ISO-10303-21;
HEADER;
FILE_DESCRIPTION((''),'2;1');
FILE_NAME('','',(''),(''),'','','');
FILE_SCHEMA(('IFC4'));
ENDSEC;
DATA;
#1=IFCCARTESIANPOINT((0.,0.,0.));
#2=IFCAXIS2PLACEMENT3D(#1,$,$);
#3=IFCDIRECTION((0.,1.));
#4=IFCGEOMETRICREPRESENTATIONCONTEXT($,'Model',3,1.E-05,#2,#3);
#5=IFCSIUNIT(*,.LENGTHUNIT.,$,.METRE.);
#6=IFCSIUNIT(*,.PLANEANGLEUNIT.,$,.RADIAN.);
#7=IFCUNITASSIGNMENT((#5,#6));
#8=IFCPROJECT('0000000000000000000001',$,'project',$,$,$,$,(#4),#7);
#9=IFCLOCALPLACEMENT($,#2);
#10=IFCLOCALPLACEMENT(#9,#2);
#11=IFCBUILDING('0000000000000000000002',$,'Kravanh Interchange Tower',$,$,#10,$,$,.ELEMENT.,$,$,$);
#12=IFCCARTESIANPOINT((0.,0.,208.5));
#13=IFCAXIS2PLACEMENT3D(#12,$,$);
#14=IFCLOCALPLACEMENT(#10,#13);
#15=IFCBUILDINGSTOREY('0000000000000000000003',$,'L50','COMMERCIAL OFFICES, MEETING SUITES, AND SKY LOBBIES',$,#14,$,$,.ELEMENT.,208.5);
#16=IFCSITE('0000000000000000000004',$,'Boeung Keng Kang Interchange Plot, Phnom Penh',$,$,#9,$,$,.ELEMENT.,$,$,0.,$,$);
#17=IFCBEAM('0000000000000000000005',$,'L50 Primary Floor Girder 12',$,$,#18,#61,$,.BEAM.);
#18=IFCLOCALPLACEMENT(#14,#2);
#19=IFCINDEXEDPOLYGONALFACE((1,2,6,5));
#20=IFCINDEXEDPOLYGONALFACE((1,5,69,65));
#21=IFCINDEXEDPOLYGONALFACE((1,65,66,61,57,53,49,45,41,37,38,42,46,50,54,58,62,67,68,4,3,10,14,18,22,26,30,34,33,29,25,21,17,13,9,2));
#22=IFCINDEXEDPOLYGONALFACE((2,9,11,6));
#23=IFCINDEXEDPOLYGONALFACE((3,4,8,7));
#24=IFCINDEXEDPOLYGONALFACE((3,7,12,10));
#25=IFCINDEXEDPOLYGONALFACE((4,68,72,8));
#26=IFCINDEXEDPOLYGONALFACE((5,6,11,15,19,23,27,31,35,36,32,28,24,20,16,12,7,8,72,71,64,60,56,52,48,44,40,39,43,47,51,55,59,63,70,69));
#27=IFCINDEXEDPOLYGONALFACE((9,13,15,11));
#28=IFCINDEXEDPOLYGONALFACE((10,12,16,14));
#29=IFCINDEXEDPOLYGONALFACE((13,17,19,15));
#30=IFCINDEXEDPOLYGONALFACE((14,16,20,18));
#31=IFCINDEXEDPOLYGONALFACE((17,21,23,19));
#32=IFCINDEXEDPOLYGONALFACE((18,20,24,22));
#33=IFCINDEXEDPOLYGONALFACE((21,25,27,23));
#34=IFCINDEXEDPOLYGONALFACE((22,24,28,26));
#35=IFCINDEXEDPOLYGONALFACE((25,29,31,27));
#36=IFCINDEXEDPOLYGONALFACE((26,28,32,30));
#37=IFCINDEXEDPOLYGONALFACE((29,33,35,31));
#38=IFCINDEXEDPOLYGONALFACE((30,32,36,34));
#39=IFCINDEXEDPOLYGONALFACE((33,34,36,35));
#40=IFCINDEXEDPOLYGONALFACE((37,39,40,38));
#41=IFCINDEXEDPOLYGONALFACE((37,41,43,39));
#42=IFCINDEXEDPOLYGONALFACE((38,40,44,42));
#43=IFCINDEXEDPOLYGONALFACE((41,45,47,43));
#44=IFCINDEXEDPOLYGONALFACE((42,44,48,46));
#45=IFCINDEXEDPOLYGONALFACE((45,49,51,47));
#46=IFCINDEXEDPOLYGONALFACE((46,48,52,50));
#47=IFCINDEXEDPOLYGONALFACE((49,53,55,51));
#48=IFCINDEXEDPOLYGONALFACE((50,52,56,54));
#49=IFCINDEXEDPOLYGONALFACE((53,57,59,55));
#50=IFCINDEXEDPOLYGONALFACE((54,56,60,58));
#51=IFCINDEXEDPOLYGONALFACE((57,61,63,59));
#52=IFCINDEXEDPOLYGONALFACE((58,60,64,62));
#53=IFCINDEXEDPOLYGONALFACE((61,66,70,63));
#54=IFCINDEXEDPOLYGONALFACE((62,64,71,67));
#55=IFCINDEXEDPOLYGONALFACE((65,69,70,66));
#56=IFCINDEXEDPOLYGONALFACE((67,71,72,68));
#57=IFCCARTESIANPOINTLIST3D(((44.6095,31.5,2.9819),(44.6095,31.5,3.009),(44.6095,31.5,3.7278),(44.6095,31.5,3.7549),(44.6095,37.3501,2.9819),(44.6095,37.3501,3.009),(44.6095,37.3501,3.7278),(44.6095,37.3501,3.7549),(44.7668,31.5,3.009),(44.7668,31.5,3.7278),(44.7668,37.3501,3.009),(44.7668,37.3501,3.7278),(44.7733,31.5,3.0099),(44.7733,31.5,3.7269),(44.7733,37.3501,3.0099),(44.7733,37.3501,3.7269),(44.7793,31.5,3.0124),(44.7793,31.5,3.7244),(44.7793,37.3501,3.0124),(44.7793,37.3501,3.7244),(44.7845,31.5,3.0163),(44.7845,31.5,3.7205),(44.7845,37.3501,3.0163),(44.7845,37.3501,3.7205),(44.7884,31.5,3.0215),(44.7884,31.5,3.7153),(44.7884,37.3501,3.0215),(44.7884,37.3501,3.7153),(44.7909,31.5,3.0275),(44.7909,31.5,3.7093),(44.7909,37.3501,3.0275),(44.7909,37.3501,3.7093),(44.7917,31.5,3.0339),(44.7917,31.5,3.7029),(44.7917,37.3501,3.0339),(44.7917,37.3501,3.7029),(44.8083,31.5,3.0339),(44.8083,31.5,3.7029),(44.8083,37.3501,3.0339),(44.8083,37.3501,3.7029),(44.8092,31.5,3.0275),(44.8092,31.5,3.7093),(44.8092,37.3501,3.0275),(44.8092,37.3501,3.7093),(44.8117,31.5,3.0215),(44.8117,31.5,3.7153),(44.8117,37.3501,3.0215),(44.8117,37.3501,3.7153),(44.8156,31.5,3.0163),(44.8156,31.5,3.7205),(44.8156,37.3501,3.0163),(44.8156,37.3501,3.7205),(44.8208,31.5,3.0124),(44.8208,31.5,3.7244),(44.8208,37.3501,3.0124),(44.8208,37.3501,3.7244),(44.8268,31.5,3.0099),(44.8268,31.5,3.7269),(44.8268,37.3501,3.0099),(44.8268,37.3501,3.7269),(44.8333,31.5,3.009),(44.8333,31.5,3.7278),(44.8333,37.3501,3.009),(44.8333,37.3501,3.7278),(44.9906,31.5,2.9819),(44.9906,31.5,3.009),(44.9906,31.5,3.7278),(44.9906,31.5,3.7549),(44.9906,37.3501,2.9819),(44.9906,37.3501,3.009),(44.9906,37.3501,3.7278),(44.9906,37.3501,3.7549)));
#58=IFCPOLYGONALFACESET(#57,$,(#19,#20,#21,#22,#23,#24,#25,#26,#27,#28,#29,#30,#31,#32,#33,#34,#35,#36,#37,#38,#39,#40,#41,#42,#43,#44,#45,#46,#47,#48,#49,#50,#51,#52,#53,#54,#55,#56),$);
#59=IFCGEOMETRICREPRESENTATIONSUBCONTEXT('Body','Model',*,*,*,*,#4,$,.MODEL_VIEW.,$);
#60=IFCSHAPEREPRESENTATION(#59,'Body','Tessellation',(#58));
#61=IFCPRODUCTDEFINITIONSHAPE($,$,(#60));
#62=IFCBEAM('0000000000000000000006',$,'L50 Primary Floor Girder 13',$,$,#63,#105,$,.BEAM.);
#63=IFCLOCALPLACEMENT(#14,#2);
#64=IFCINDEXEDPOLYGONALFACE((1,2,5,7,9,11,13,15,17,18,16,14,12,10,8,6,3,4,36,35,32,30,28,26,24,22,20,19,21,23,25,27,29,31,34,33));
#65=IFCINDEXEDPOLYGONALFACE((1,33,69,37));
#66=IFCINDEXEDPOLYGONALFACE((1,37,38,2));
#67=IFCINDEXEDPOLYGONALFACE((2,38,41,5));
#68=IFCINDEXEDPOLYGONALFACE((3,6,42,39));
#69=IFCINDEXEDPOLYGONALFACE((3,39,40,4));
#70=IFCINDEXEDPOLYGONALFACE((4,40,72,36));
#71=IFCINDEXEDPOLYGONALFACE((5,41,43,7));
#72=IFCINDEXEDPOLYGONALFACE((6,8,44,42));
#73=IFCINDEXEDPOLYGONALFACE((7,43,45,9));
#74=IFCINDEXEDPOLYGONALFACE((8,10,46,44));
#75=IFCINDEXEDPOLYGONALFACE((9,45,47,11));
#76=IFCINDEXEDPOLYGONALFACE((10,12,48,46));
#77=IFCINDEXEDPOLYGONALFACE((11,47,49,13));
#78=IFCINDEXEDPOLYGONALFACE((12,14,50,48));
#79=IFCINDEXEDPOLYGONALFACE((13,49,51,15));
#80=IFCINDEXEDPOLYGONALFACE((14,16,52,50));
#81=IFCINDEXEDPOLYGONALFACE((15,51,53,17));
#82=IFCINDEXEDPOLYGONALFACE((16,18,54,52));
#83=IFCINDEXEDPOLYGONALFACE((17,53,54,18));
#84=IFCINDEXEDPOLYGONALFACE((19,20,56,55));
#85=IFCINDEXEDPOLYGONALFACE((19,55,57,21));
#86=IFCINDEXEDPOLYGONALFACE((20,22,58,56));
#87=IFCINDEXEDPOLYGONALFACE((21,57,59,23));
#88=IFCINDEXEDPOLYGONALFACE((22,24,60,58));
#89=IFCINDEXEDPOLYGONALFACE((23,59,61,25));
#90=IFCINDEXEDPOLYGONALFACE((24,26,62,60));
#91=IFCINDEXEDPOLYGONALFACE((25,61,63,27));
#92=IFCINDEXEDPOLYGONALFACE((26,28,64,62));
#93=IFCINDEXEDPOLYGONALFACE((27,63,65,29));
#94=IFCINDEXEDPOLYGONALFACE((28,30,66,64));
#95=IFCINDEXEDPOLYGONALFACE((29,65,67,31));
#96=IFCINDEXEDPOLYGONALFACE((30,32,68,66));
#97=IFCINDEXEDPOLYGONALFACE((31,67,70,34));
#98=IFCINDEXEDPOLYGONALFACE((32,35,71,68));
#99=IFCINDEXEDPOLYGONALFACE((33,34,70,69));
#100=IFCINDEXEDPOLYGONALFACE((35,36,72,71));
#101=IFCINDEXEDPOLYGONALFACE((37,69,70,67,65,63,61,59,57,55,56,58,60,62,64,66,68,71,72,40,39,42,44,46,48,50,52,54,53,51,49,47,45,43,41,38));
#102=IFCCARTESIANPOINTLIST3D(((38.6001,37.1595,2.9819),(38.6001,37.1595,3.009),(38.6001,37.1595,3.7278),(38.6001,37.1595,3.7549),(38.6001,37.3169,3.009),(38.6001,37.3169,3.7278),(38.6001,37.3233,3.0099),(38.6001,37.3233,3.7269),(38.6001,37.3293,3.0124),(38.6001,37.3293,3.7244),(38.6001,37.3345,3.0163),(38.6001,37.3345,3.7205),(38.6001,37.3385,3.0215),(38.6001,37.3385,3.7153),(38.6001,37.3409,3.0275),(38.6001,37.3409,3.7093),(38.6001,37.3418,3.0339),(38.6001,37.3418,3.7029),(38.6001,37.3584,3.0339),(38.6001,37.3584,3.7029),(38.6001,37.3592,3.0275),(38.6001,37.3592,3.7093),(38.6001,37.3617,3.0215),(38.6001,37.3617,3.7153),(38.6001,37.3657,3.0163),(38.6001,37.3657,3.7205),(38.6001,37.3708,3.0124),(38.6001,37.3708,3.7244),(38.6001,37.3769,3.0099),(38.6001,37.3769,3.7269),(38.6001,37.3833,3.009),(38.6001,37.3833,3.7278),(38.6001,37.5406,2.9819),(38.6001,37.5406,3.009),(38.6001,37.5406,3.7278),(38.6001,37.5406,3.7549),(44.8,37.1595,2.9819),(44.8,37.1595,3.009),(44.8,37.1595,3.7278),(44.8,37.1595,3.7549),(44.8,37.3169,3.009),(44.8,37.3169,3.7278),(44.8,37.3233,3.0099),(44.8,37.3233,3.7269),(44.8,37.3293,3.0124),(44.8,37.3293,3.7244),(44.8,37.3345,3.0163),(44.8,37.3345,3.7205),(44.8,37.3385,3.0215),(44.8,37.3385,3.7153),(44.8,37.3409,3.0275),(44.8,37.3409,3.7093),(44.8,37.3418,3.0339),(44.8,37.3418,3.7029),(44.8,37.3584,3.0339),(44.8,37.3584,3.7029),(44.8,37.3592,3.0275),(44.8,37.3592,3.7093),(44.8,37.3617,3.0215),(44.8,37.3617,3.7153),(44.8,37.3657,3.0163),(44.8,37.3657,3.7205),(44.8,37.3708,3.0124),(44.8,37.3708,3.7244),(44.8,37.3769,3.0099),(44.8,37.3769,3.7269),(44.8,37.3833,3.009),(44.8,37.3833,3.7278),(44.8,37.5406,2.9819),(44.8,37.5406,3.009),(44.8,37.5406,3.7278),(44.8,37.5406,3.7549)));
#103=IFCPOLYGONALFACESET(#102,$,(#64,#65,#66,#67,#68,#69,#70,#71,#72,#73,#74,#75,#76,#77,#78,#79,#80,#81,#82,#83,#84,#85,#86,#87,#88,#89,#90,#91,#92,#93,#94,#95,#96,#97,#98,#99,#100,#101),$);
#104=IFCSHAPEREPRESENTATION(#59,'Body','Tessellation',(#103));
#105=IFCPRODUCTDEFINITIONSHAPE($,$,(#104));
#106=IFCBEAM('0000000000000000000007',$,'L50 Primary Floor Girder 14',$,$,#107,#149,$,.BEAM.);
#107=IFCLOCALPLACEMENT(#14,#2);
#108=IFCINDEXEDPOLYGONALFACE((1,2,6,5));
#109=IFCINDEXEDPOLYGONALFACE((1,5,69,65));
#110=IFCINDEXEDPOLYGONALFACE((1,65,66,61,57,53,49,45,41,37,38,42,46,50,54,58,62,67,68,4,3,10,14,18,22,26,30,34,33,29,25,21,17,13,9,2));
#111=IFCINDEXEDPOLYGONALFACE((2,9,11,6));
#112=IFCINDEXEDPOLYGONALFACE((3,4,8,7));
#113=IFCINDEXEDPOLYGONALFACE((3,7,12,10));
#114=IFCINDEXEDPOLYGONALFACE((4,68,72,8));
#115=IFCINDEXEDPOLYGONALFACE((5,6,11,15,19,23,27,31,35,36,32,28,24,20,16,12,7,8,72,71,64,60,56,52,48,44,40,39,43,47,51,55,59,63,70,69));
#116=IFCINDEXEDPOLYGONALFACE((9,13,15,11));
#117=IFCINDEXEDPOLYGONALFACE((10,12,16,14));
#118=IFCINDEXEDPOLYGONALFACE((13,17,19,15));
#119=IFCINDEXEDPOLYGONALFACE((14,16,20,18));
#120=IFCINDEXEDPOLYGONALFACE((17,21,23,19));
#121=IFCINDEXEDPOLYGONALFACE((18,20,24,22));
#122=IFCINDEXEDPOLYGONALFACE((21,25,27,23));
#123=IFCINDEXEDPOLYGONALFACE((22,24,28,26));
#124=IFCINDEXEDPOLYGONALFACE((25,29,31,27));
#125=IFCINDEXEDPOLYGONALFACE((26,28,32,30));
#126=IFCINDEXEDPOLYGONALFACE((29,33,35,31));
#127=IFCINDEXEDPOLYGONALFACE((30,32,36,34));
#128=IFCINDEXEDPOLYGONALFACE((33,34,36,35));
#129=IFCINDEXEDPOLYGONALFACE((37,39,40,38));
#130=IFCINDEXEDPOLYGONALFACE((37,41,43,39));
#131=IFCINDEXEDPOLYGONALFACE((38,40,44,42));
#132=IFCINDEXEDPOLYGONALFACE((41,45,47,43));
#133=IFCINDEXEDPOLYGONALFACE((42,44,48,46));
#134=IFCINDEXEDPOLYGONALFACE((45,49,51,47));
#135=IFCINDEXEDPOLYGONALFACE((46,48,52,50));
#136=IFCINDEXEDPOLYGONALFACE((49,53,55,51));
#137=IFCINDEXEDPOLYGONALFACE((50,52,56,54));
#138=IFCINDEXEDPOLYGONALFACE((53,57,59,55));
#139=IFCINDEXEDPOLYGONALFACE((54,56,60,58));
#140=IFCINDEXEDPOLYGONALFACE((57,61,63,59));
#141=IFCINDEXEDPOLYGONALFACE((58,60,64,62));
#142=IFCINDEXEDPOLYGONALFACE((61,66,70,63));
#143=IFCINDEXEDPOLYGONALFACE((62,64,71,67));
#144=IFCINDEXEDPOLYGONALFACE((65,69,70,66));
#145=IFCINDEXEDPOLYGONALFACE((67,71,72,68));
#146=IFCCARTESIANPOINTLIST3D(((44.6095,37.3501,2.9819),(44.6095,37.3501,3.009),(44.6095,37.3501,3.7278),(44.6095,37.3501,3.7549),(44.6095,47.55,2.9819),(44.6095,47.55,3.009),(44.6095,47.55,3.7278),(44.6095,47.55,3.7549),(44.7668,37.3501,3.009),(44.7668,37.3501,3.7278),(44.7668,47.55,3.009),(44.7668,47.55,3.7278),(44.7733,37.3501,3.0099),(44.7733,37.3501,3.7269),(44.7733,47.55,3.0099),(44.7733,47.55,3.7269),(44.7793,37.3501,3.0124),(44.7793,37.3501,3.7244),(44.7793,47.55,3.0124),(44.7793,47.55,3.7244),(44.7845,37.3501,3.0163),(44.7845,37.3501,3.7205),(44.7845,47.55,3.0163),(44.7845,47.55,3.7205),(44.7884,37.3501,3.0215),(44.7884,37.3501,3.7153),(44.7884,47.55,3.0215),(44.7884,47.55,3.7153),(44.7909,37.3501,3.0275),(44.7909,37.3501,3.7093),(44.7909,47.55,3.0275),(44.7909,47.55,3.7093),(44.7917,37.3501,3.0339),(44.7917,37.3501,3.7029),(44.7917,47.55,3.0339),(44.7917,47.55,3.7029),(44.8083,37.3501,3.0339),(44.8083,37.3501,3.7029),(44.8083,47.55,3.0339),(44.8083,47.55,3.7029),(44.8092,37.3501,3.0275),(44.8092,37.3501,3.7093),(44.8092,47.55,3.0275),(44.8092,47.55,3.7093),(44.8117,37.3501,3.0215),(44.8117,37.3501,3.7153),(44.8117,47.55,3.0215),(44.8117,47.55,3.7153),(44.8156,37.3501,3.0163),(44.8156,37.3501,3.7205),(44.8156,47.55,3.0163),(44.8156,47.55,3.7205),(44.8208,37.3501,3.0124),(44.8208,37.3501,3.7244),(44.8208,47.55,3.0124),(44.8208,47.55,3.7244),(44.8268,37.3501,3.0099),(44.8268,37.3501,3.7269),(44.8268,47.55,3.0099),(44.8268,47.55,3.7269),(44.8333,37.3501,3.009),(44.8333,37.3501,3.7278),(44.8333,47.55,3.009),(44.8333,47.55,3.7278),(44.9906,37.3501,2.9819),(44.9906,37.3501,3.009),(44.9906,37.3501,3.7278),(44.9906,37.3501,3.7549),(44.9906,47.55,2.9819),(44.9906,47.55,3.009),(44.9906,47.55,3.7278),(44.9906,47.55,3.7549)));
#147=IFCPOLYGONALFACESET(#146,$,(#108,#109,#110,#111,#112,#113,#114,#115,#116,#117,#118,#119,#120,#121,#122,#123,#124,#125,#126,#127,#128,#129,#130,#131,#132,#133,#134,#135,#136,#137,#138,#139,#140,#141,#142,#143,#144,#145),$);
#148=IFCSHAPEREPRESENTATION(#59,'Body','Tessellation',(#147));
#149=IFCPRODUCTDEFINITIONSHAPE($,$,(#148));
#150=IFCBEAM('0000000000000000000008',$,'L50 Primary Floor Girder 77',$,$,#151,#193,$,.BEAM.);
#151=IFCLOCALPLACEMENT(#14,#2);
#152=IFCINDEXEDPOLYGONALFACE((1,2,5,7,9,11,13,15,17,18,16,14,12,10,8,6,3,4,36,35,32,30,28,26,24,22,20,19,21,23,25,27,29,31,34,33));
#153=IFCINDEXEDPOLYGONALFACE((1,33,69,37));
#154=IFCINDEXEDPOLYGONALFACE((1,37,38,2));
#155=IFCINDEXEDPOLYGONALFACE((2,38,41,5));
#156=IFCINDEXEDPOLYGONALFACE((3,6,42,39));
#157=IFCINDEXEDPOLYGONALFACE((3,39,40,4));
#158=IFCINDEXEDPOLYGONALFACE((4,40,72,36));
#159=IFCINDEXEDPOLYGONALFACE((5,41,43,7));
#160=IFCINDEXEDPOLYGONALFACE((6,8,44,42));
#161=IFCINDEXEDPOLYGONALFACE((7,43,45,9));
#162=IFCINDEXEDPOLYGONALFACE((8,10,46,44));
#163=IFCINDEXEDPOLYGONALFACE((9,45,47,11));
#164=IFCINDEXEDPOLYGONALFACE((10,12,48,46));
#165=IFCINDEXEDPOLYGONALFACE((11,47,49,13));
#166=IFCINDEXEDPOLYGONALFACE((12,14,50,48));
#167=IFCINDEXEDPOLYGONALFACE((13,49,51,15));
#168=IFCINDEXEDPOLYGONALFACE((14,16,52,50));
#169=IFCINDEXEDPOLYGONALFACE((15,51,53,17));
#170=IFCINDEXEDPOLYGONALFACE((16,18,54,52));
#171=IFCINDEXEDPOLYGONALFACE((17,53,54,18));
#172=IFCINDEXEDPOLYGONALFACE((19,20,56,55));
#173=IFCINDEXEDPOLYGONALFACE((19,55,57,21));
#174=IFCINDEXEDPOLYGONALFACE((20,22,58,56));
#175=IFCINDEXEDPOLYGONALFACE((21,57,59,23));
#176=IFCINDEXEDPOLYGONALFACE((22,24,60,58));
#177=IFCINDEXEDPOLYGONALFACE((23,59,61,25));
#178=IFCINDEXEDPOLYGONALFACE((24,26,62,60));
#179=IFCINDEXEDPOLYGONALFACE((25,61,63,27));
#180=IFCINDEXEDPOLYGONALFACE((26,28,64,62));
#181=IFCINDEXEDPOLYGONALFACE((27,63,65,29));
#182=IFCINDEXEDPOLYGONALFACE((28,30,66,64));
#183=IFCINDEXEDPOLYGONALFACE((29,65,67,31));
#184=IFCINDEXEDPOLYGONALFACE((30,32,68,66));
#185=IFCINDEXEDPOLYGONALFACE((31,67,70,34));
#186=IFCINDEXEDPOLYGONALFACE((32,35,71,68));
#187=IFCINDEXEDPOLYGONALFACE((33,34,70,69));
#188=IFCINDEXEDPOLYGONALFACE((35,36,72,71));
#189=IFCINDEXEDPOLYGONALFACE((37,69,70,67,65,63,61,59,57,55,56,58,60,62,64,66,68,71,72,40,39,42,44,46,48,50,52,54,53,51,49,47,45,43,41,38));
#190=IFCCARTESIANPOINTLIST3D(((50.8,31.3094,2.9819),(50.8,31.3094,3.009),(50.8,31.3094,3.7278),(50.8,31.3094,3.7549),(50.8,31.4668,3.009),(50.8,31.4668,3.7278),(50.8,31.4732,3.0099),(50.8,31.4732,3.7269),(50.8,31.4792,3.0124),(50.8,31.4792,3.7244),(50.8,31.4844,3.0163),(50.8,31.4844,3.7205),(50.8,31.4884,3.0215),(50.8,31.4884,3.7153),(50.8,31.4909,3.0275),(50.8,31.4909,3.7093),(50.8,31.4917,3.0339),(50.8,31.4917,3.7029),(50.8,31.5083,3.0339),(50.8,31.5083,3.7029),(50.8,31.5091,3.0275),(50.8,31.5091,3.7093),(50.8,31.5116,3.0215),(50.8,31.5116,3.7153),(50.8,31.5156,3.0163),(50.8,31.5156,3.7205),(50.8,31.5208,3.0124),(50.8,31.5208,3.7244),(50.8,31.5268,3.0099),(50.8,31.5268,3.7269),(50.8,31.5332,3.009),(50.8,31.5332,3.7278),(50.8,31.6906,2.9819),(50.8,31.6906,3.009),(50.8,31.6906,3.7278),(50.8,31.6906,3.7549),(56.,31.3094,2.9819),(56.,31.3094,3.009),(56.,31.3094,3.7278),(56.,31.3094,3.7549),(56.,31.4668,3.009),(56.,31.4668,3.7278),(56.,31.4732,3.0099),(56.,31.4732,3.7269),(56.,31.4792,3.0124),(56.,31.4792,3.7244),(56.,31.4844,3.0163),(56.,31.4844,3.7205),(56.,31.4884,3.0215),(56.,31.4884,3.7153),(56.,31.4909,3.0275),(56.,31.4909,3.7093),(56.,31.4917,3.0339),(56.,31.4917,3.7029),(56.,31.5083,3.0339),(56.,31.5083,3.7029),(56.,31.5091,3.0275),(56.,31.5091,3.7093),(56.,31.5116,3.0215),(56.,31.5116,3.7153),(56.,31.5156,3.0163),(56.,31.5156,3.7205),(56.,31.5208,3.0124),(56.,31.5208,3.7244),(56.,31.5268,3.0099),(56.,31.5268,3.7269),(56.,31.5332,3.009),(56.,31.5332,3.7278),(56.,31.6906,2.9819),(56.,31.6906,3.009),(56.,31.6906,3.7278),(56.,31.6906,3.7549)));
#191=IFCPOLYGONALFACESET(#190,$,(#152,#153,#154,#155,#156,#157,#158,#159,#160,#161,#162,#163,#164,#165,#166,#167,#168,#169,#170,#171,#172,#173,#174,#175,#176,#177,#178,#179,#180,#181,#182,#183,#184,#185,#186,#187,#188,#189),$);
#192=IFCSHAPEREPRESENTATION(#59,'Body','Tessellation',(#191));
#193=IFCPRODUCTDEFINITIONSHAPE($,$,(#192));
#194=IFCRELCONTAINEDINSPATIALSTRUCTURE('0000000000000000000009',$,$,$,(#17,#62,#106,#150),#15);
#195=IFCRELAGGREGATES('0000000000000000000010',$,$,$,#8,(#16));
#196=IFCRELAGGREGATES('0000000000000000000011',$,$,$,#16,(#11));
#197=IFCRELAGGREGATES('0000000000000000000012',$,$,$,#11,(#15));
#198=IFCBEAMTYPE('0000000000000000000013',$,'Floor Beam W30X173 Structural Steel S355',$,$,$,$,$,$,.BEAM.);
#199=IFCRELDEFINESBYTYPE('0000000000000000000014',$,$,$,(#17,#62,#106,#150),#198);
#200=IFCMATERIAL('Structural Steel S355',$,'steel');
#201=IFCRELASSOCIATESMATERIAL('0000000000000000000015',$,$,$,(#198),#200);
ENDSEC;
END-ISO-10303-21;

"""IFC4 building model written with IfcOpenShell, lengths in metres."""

from ifc_helpers import new_model, si_unit, direction, frame, origin, origin_2d, place, context, subcontext, project, spatial, i_section, extrude, material, material_profile, profile_set, type_object, element, save


model = new_model("IFC4")

# Units and contexts
model_context = context("Model", 3, precision=1e-05, world=origin(), true_north=direction((0.0, 1.0)))
body_context = subcontext(model_context, "Body", "Model", "MODEL_VIEW")
ifc_project = project(units=[si_unit("LENGTHUNIT", "METRE"), si_unit("PLANEANGLEUNIT", "RADIAN")], contexts=[model_context])

# Site, building, storey
site_placement = place(None, origin())
site = spatial("IfcSite", under=ifc_project, at=site_placement, Name="Boeung Keng Kang Interchange Plot, Phnom Penh", CompositionType="ELEMENT", RefElevation=0.0)
building_placement = place(site_placement, origin())
building = spatial("IfcBuilding", under=site, at=building_placement, Name="Kravanh Interchange Tower", CompositionType="ELEMENT")
storey_placement = place(building_placement, frame((0.0, 0.0, 208.5)))
storey = spatial("IfcBuildingStorey", under=building, at=storey_placement, Name="L50", Description="COMMERCIAL OFFICES, MEETING SUITES, AND SKY LOBBIES", CompositionType="ELEMENT", Elevation=208.5)

# Beams
ifc_material_1 = material(Name="Structural Steel S355", Category="steel")
ifc_material_profile_1 = material_profile(ifc_material_1, i_section(OverallWidth=0.3811, OverallDepth=0.7729, WebThickness=0.0166, FlangeThickness=0.0271, FilletRadius=0.0249, at=origin_2d()), Name="W30X173")
ifc_profile_set_1 = profile_set([ifc_material_profile_1], Name="Structural Steel S355")
beam_type_1 = type_object("IfcBeamType", Name="Floor Beam W30X173 Structural Steel S355", PredefinedType="BEAM", material=ifc_profile_set_1)
beam_1_placement = place(storey_placement, frame((44.8, 37.3501, 3.3684), z_axis=(0.0, -1.0, 0.0), x_axis=(1.0, 0.0, 0.0)))
element("IfcBeam", 1, at=beam_1_placement, inside=storey, type_object=beam_type_1, Name="L50 Primary Floor Girder 12", PredefinedType="BEAM", context=body_context, shape_type="SweptSolid", body=[
    extrude(i_section(OverallWidth=0.3811, OverallDepth=0.7729, WebThickness=0.0166, FlangeThickness=0.0271, FilletRadius=0.0249, at=origin_2d()), origin(), (0.0, 0.0, 1.0), 5.8501),
])
beam_2_placement = place(storey_placement, frame((44.8, 37.3501, 3.3684), z_axis=(-1.0, 0.0, 0.0), x_axis=(0.0, -1.0, 0.0)))
element("IfcBeam", 2, at=beam_2_placement, inside=storey, type_object=beam_type_1, Name="L50 Primary Floor Girder 13", PredefinedType="BEAM", context=body_context, shape_type="SweptSolid", body=[
    extrude(i_section(OverallWidth=0.3811, OverallDepth=0.7729, WebThickness=0.0166, FlangeThickness=0.0271, FilletRadius=0.0249, at=origin_2d()), origin(), (0.0, 0.0, 1.0), 6.2),
])
beam_3_placement = place(storey_placement, frame((44.8, 37.3501, 3.3684), z_axis=(0.0, 1.0, 0.0), x_axis=(-1.0, 0.0, 0.0)))
element("IfcBeam", 3, at=beam_3_placement, inside=storey, type_object=beam_type_1, Name="L50 Primary Floor Girder 14", PredefinedType="BEAM", context=body_context, shape_type="SweptSolid", body=[
    extrude(i_section(OverallWidth=0.3811, OverallDepth=0.7729, WebThickness=0.0166, FlangeThickness=0.0271, FilletRadius=0.0249, at=origin_2d()), origin(), (0.0, 0.0, 1.0), 10.2),
])
beam_4_placement = place(storey_placement, frame((50.8, 31.5, 3.3684), z_axis=(1.0, 0.0, 0.0), x_axis=(0.0, 1.0, 0.0)))
element("IfcBeam", 4, at=beam_4_placement, inside=storey, type_object=beam_type_1, Name="L50 Primary Floor Girder 77", PredefinedType="BEAM", context=body_context, shape_type="SweptSolid", body=[
    extrude(i_section(OverallWidth=0.3811, OverallDepth=0.7729, WebThickness=0.0166, FlangeThickness=0.0271, FilletRadius=0.0249, at=origin_2d()), origin(), (0.0, 0.0, 1.0), 5.2),
])

save(model, "model.ifc")
